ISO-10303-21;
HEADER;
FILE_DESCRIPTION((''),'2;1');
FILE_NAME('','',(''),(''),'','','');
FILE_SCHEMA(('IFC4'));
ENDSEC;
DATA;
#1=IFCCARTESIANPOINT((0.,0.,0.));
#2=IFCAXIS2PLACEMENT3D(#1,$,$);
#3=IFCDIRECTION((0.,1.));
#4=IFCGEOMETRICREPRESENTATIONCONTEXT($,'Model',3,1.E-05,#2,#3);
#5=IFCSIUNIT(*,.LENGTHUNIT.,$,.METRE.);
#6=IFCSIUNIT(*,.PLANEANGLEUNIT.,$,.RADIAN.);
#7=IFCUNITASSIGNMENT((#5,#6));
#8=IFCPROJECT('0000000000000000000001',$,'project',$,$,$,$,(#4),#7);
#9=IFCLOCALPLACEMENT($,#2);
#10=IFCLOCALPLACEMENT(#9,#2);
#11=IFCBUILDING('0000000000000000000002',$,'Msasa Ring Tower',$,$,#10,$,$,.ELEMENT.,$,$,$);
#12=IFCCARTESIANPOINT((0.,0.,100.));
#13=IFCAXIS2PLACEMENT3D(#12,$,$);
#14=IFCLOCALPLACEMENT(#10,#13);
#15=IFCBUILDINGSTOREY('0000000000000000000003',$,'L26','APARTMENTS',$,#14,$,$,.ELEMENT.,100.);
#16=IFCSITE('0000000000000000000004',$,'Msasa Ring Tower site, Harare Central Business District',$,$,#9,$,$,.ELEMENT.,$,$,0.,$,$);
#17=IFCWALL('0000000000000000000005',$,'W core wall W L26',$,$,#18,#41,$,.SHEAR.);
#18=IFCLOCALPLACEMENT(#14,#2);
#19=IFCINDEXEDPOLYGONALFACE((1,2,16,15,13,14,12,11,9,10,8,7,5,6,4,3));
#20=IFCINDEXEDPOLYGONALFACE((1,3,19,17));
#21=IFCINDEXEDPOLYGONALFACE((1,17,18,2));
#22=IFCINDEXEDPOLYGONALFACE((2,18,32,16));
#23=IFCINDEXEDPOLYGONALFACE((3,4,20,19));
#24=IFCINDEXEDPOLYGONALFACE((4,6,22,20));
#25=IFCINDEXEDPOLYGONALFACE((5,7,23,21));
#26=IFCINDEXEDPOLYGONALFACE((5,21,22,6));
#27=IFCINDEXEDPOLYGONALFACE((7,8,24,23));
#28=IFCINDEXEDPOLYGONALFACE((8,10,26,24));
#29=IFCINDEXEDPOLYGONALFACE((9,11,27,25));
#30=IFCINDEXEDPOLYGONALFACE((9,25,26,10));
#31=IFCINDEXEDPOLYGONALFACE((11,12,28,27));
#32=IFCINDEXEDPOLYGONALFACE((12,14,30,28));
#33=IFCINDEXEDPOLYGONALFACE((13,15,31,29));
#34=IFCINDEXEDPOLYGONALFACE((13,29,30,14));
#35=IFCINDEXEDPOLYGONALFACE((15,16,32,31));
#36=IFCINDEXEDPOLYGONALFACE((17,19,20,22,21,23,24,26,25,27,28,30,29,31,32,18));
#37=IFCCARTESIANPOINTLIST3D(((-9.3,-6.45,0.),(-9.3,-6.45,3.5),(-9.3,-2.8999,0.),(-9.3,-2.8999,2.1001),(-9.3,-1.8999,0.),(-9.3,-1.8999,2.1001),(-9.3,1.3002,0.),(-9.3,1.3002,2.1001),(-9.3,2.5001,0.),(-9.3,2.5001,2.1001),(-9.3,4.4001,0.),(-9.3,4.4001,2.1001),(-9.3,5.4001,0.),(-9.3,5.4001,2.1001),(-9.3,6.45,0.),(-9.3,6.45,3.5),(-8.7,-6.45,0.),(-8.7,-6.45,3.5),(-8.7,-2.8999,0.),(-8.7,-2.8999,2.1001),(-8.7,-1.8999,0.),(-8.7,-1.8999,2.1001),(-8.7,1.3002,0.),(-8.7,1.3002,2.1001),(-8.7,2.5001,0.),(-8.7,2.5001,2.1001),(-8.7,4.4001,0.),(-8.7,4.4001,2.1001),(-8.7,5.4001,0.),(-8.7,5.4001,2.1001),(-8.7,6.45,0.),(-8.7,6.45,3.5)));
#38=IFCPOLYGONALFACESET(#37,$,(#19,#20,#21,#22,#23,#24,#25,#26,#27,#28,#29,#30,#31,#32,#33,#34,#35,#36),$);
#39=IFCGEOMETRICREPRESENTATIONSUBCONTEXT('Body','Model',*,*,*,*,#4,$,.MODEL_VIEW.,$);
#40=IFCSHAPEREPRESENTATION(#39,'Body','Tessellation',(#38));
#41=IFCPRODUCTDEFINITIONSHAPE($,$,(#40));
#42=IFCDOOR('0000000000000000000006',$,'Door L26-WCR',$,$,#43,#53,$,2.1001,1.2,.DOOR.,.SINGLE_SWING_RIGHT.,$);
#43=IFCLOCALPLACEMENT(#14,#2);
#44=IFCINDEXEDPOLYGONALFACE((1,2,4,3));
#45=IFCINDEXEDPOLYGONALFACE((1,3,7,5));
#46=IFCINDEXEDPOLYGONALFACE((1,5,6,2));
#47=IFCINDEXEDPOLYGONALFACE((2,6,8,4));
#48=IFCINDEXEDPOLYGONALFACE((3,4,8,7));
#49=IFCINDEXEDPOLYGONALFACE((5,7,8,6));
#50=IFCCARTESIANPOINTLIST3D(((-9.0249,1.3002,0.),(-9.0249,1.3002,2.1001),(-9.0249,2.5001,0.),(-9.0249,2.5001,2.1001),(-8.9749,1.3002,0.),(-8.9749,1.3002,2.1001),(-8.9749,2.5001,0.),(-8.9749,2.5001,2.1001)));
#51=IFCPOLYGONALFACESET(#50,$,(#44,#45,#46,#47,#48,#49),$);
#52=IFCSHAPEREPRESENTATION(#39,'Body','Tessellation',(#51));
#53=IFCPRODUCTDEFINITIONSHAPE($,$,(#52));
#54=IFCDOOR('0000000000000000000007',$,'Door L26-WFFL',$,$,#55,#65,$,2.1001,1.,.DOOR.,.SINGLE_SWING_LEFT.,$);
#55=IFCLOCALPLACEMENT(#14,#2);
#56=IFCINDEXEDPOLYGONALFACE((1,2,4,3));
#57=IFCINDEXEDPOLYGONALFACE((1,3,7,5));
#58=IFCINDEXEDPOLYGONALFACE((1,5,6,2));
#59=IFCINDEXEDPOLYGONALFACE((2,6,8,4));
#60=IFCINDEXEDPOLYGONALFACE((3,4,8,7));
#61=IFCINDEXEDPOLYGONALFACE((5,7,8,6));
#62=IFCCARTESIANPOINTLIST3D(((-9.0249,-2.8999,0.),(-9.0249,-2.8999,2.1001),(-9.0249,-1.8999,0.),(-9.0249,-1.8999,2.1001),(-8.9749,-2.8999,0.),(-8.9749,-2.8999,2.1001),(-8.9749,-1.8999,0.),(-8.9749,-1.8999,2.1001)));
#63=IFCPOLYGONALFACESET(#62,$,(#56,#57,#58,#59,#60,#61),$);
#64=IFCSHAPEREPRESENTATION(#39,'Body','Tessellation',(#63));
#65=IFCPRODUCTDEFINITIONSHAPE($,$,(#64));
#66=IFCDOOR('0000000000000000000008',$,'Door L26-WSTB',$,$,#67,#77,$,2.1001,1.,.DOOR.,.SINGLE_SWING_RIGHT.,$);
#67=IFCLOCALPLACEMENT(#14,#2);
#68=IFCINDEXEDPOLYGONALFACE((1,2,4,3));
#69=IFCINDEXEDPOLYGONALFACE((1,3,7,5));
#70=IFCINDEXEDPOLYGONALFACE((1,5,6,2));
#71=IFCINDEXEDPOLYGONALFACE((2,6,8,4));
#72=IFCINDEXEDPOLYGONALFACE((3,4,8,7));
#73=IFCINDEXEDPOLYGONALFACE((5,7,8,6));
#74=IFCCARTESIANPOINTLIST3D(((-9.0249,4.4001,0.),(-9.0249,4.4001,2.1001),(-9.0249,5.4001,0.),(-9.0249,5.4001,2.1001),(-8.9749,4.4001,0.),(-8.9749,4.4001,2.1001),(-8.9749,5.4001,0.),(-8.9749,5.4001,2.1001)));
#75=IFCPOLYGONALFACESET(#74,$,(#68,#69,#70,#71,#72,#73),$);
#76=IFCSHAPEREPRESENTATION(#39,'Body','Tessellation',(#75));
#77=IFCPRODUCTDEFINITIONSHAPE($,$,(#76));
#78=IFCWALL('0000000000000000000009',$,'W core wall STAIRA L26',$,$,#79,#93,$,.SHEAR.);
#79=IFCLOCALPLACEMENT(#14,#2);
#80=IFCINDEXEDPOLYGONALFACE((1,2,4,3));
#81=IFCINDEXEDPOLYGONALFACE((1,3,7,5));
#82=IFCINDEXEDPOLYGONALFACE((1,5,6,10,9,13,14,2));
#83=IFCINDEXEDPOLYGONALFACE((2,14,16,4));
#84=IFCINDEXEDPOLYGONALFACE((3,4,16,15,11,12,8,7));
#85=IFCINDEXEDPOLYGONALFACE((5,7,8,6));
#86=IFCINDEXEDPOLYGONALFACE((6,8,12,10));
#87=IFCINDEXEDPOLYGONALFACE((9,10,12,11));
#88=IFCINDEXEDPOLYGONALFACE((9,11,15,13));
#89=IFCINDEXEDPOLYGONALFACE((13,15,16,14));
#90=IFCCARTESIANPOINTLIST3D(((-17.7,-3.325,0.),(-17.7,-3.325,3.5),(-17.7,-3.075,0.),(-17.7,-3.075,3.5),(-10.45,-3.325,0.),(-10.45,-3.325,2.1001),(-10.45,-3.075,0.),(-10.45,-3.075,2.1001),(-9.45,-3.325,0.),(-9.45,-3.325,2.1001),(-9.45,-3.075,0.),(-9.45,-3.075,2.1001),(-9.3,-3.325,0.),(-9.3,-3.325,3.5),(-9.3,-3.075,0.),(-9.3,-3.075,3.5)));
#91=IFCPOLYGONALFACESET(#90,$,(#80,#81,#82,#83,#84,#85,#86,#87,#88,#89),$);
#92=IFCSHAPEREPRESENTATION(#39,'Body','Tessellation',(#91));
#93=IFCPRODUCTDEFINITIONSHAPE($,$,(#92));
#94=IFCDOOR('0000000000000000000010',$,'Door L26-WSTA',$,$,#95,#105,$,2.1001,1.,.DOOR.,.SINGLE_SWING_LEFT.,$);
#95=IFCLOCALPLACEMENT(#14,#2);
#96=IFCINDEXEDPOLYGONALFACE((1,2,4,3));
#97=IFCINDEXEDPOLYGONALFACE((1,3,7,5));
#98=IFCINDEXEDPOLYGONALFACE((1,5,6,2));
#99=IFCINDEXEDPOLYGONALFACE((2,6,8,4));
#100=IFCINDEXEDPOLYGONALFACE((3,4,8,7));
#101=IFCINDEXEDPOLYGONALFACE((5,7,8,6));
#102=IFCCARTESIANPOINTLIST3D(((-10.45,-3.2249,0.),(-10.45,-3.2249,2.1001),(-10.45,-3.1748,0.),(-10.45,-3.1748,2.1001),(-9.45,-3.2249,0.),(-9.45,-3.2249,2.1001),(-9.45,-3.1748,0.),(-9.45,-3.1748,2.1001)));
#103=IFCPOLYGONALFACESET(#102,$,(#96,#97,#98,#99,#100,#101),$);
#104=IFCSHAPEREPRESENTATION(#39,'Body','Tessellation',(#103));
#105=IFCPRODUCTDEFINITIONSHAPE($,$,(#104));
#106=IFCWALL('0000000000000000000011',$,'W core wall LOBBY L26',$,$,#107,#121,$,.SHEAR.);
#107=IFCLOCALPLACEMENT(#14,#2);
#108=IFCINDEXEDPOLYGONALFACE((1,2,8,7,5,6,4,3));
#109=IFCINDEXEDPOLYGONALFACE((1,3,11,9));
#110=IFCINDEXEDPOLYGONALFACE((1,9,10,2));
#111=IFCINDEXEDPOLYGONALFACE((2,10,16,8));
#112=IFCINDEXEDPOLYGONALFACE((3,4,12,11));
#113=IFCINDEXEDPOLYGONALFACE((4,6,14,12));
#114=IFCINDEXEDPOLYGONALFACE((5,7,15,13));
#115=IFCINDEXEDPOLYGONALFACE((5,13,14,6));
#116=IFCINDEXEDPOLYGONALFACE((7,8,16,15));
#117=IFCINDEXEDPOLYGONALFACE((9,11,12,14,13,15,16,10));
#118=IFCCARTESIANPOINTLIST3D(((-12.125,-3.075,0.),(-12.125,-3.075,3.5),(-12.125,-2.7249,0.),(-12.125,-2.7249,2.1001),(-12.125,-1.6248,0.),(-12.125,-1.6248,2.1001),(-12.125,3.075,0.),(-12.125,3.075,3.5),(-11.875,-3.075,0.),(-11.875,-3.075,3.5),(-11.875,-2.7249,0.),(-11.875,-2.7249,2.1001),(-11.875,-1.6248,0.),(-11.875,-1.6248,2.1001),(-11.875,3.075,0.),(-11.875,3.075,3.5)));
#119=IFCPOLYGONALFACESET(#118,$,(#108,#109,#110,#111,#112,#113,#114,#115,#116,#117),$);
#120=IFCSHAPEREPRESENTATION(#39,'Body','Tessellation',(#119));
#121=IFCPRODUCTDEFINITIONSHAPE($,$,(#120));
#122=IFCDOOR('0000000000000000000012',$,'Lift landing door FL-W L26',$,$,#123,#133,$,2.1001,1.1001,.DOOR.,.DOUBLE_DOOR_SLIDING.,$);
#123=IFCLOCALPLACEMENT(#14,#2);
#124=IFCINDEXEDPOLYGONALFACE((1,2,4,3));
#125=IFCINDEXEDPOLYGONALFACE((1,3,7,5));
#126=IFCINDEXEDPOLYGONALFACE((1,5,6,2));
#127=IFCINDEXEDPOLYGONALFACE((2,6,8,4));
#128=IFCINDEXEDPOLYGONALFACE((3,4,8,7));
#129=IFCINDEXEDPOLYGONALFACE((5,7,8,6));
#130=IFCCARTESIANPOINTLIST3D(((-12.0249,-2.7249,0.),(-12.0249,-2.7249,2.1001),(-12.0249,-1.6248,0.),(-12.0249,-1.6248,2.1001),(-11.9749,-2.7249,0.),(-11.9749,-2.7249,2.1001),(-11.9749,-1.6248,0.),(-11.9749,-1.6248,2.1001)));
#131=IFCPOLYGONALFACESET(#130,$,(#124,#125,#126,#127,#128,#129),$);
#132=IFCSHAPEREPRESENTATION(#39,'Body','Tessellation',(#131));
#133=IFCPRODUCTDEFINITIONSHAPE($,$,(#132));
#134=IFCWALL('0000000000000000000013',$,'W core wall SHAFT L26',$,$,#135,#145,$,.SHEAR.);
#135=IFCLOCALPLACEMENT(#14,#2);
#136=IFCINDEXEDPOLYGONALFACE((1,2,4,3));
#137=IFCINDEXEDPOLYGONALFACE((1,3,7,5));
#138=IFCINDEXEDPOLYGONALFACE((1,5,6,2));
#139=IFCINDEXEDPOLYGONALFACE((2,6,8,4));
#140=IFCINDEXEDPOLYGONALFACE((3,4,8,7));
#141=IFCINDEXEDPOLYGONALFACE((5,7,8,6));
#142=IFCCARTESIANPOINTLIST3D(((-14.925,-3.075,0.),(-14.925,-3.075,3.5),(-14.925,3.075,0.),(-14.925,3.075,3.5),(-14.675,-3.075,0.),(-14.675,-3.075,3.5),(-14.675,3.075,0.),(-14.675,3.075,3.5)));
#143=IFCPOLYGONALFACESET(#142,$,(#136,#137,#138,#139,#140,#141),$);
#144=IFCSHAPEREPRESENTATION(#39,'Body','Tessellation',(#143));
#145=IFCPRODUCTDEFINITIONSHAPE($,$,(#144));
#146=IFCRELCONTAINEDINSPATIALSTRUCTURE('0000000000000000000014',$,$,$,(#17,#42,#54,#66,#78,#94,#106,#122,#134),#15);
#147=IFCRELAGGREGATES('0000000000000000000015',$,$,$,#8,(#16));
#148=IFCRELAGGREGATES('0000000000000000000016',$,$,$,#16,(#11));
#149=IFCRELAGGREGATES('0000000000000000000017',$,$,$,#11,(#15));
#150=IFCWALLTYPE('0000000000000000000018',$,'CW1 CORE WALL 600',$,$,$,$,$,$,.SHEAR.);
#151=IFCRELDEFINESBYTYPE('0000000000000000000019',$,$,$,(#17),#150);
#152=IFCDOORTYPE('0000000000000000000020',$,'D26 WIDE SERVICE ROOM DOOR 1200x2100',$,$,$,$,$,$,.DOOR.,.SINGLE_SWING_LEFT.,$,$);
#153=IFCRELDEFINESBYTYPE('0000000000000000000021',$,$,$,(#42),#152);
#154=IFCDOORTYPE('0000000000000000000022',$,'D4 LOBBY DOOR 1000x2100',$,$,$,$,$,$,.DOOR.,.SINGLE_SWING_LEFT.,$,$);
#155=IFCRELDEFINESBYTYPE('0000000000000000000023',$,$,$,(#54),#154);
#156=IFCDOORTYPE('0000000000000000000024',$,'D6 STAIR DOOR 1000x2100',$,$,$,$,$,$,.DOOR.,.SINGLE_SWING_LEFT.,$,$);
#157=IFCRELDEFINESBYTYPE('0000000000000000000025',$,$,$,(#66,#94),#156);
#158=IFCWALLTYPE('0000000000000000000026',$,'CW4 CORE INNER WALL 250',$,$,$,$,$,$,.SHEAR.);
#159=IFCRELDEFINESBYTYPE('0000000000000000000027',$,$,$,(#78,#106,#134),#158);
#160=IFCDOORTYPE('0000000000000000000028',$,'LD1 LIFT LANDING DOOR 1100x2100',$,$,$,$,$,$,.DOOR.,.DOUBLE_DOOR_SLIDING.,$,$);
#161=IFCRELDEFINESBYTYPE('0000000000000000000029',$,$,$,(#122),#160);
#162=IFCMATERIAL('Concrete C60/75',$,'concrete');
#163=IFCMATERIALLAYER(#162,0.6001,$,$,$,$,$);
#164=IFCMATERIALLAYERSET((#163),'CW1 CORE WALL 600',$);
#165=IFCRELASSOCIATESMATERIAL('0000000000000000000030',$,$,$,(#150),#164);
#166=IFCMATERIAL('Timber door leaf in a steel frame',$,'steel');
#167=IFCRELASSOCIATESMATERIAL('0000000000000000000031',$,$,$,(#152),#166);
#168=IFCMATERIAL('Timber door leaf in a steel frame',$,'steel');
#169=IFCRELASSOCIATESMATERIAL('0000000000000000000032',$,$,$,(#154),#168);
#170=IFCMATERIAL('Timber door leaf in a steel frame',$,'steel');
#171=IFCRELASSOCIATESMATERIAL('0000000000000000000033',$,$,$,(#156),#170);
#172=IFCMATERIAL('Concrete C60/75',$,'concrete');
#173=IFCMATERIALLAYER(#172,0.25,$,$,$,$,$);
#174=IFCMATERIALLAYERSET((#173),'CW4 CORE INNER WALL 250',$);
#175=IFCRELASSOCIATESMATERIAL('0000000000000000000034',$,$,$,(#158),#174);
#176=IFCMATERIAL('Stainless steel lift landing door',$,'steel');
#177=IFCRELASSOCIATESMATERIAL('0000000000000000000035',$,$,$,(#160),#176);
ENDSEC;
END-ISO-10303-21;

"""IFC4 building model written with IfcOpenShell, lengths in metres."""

from ifc_helpers import new_model, si_unit, direction, frame, frame_2d, origin, place, context, subcontext, project, spatial, rectangle, extrude, material, layer, layer_set, type_object, element, fill, save


model = new_model("IFC4")

# Units and contexts
model_context = context("Model", 3, precision=1e-05, world=origin(), true_north=direction((0.0, 1.0)))
body_context = subcontext(model_context, "Body", "Model", "MODEL_VIEW")
ifc_project = project(units=[si_unit("LENGTHUNIT", "METRE"), si_unit("PLANEANGLEUNIT", "RADIAN")], contexts=[model_context])

# Site, building, storey
site_placement = place(None, origin())
site = spatial("IfcSite", under=ifc_project, at=site_placement, Name="Msasa Ring Tower site, Harare Central Business District", CompositionType="ELEMENT", RefElevation=0.0)
building_placement = place(site_placement, origin())
building = spatial("IfcBuilding", under=site, at=building_placement, Name="Msasa Ring Tower", CompositionType="ELEMENT")
storey_placement = place(building_placement, frame((0.0, 0.0, 100.0)))
storey = spatial("IfcBuildingStorey", under=building, at=storey_placement, Name="L26", Description="APARTMENTS", CompositionType="ELEMENT", Elevation=100.0)

# Shared definitions
ifc_material_1 = material(Name="Concrete C60/75", Category="concrete")
ifc_layer_1 = layer(ifc_material_1, 0.6001)
ifc_layer_set_1 = layer_set([ifc_layer_1], Name="CW1 CORE WALL 600")
wall_type_1 = type_object("IfcWallType", Name="CW1 CORE WALL 600", PredefinedType="SHEAR", material=ifc_layer_set_1)

# Wall, openings, doors
wall_1_placement = place(storey_placement, frame((-9.0, -6.45, 0.0), z_axis=(0.0, 0.0, 1.0), x_axis=(0.0, 1.0, 0.0)))
wall_1 = element("IfcWall", 1, at=wall_1_placement, inside=storey, type_object=wall_type_1, Name="W core wall W L26", PredefinedType="SHEAR", context=body_context, shape_type="SweptSolid", body=[
    extrude(rectangle(XDim=12.8999, YDim=0.6001, at=frame_2d((6.45, 0.0))), origin(), (0.0, 0.0, 1.0), 3.5),
])
opening_1_placement = place(wall_1_placement, frame((3.55, 0.0, 0.0)))
opening_1 = element("IfcOpeningElement", 2, at=opening_1_placement, cuts=wall_1, PredefinedType="OPENING", context=body_context, shape_type="SweptSolid", body=[
    extrude(rectangle(XDim=1.0, YDim=2.1001, at=frame_2d((0.5, 1.05))), frame((0.0, 0.3101, 0.0), z_axis=(0.0, -1.0, 0.0), x_axis=(1.0, 0.0, 0.0)), (0.0, 0.0, 1.0), 0.6201),
])
opening_2_placement = place(wall_1_placement, frame((7.75, 0.0, 0.0)))
opening_2 = element("IfcOpeningElement", 3, at=opening_2_placement, cuts=wall_1, PredefinedType="OPENING", context=body_context, shape_type="SweptSolid", body=[
    extrude(rectangle(XDim=1.2, YDim=2.1001, at=frame_2d((0.6001, 1.05))), frame((0.0, 0.3101, 0.0), z_axis=(0.0, -1.0, 0.0), x_axis=(1.0, 0.0, 0.0)), (0.0, 0.0, 1.0), 0.6201),
])
opening_3_placement = place(wall_1_placement, frame((10.8501, 0.0, 0.0)))
opening_3 = element("IfcOpeningElement", 4, at=opening_3_placement, cuts=wall_1, PredefinedType="OPENING", context=body_context, shape_type="SweptSolid", body=[
    extrude(rectangle(XDim=1.0, YDim=2.1001, at=frame_2d((0.5, 1.05))), frame((0.0, 0.3101, 0.0), z_axis=(0.0, -1.0, 0.0), x_axis=(1.0, 0.0, 0.0)), (0.0, 0.0, 1.0), 0.6201),
])
ifc_material_2 = material(Name="Timber door leaf in a steel frame", Category="steel")
door_type_1 = type_object("IfcDoorType", Name="D26 WIDE SERVICE ROOM DOOR 1200x2100", OperationType="SINGLE_SWING_LEFT", PredefinedType="DOOR", material=ifc_material_2)
door_1_placement = place(opening_2_placement, origin())
door_1 = element("IfcDoor", 5, at=door_1_placement, inside=storey, type_object=door_type_1, Name="Door L26-WCR", OperationType="SINGLE_SWING_RIGHT", OverallHeight=2.1001, OverallWidth=1.2, PredefinedType="DOOR", context=body_context, shape_type="SweptSolid", body=[
    extrude(rectangle(XDim=1.2, YDim=2.1001, at=frame_2d((0.6001, 1.05))), frame((0.0, 0.0249, 0.0), z_axis=(0.0, -1.0, 0.0), x_axis=(1.0, 0.0, 0.0)), (0.0, 0.0, 1.0), 0.05),
])
fill(opening_2, door_1)
ifc_material_3 = material(Name="Timber door leaf in a steel frame", Category="steel")
door_type_2 = type_object("IfcDoorType", Name="D4 LOBBY DOOR 1000x2100", OperationType="SINGLE_SWING_LEFT", PredefinedType="DOOR", material=ifc_material_3)
door_2_placement = place(opening_1_placement, origin())
door_2 = element("IfcDoor", 6, at=door_2_placement, inside=storey, type_object=door_type_2, Name="Door L26-WFFL", OperationType="SINGLE_SWING_LEFT", OverallHeight=2.1001, OverallWidth=1.0, PredefinedType="DOOR", context=body_context, shape_type="SweptSolid", body=[
    extrude(rectangle(XDim=1.0, YDim=2.1001, at=frame_2d((0.5, 1.05))), frame((0.0, 0.0249, 0.0), z_axis=(0.0, -1.0, 0.0), x_axis=(1.0, 0.0, 0.0)), (0.0, 0.0, 1.0), 0.05),
])
fill(opening_1, door_2)
ifc_material_4 = material(Name="Timber door leaf in a steel frame", Category="steel")
door_type_3 = type_object("IfcDoorType", Name="D6 STAIR DOOR 1000x2100", OperationType="SINGLE_SWING_LEFT", PredefinedType="DOOR", material=ifc_material_4)
door_3_placement = place(opening_3_placement, origin())
door_3 = element("IfcDoor", 7, at=door_3_placement, inside=storey, type_object=door_type_3, Name="Door L26-WSTB", OperationType="SINGLE_SWING_RIGHT", OverallHeight=2.1001, OverallWidth=1.0, PredefinedType="DOOR", context=body_context, shape_type="SweptSolid", body=[
    extrude(rectangle(XDim=1.0, YDim=2.1001, at=frame_2d((0.5, 1.05))), frame((0.0, 0.0249, 0.0), z_axis=(0.0, -1.0, 0.0), x_axis=(1.0, 0.0, 0.0)), (0.0, 0.0, 1.0), 0.05),
])
fill(opening_3, door_3)

# Walls, openings, doors
ifc_material_5 = material(Name="Concrete C60/75", Category="concrete")
ifc_layer_2 = layer(ifc_material_5, 0.25)
ifc_layer_set_2 = layer_set([ifc_layer_2], Name="CW4 CORE INNER WALL 250")
wall_type_2 = type_object("IfcWallType", Name="CW4 CORE INNER WALL 250", PredefinedType="SHEAR", material=ifc_layer_set_2)
wall_2_placement = place(storey_placement, frame((-9.3, -3.2, 0.0), z_axis=(0.0, 0.0, 1.0), x_axis=(-1.0, 0.0, 0.0)))
wall_2 = element("IfcWall", 8, at=wall_2_placement, inside=storey, type_object=wall_type_2, Name="W core wall STAIRA L26", PredefinedType="SHEAR", context=body_context, shape_type="SweptSolid", body=[
    extrude(rectangle(XDim=8.3999, YDim=0.25, at=frame_2d((4.2, 0.0))), origin(), (0.0, 0.0, 1.0), 3.5),
])
opening_4_placement = place(wall_2_placement, frame((0.1499, 0.0, 0.0)))
opening_4 = element("IfcOpeningElement", 9, at=opening_4_placement, cuts=wall_2, PredefinedType="OPENING", context=body_context, shape_type="SweptSolid", body=[
    extrude(rectangle(XDim=1.0, YDim=2.1001, at=frame_2d((0.5, 1.05))), frame((0.0, 0.135, 0.0), z_axis=(0.0, -1.0, 0.0), x_axis=(1.0, 0.0, 0.0)), (0.0, 0.0, 1.0), 0.27),
])
door_4_placement = place(opening_4_placement, origin())
door_4 = element("IfcDoor", 10, at=door_4_placement, inside=storey, type_object=door_type_3, Name="Door L26-WSTA", OperationType="SINGLE_SWING_LEFT", OverallHeight=2.1001, OverallWidth=1.0, PredefinedType="DOOR", context=body_context, shape_type="SweptSolid", body=[
    extrude(rectangle(XDim=1.0, YDim=2.1001, at=frame_2d((0.5, 1.05))), frame((0.0, 0.0249, 0.0), z_axis=(0.0, -1.0, 0.0), x_axis=(1.0, 0.0, 0.0)), (0.0, 0.0, 1.0), 0.05),
])
fill(opening_4, door_4)
wall_3_placement = place(storey_placement, frame((-12.0, -3.075, 0.0), z_axis=(0.0, 0.0, 1.0), x_axis=(0.0, 1.0, 0.0)))
wall_3 = element("IfcWall", 11, at=wall_3_placement, inside=storey, type_object=wall_type_2, Name="W core wall LOBBY L26", PredefinedType="SHEAR", context=body_context, shape_type="SweptSolid", body=[
    extrude(rectangle(XDim=6.1499, YDim=0.25, at=frame_2d((3.075, 0.0))), origin(), (0.0, 0.0, 1.0), 3.5),
])
opening_5_placement = place(wall_3_placement, frame((0.3501, 0.0, 0.0)))
opening_5 = element("IfcOpeningElement", 12, at=opening_5_placement, cuts=wall_3, PredefinedType="OPENING", context=body_context, shape_type="SweptSolid", body=[
    extrude(rectangle(XDim=1.1001, YDim=2.1001, at=frame_2d((0.55, 1.05))), frame((0.0, 0.135, 0.0), z_axis=(0.0, -1.0, 0.0), x_axis=(1.0, 0.0, 0.0)), (0.0, 0.0, 1.0), 0.27),
])
ifc_material_6 = material(Name="Stainless steel lift landing door", Category="steel")
door_type_4 = type_object("IfcDoorType", Name="LD1 LIFT LANDING DOOR 1100x2100", OperationType="DOUBLE_DOOR_SLIDING", PredefinedType="DOOR", material=ifc_material_6)
door_5_placement = place(opening_5_placement, origin())
door_5 = element("IfcDoor", 13, at=door_5_placement, inside=storey, type_object=door_type_4, Name="Lift landing door FL-W L26", OperationType="DOUBLE_DOOR_SLIDING", OverallHeight=2.1001, OverallWidth=1.1001, PredefinedType="DOOR", context=body_context, shape_type="SweptSolid", body=[
    extrude(rectangle(XDim=1.1001, YDim=2.1001, at=frame_2d((0.55, 1.05))), frame((0.0, 0.0249, 0.0), z_axis=(0.0, -1.0, 0.0), x_axis=(1.0, 0.0, 0.0)), (0.0, 0.0, 1.0), 0.05),
])
fill(opening_5, door_5)

# Wall
wall_4_placement = place(storey_placement, frame((-14.8, -3.075, 0.0), z_axis=(0.0, 0.0, 1.0), x_axis=(0.0, 1.0, 0.0)))
element("IfcWall", 14, at=wall_4_placement, inside=storey, type_object=wall_type_2, Name="W core wall SHAFT L26", PredefinedType="SHEAR", context=body_context, shape_type="SweptSolid", body=[
    extrude(rectangle(XDim=6.1499, YDim=0.25, at=frame_2d((3.075, 0.0))), origin(), (0.0, 0.0, 1.0), 3.5),
])

save(model, "model.ifc")
